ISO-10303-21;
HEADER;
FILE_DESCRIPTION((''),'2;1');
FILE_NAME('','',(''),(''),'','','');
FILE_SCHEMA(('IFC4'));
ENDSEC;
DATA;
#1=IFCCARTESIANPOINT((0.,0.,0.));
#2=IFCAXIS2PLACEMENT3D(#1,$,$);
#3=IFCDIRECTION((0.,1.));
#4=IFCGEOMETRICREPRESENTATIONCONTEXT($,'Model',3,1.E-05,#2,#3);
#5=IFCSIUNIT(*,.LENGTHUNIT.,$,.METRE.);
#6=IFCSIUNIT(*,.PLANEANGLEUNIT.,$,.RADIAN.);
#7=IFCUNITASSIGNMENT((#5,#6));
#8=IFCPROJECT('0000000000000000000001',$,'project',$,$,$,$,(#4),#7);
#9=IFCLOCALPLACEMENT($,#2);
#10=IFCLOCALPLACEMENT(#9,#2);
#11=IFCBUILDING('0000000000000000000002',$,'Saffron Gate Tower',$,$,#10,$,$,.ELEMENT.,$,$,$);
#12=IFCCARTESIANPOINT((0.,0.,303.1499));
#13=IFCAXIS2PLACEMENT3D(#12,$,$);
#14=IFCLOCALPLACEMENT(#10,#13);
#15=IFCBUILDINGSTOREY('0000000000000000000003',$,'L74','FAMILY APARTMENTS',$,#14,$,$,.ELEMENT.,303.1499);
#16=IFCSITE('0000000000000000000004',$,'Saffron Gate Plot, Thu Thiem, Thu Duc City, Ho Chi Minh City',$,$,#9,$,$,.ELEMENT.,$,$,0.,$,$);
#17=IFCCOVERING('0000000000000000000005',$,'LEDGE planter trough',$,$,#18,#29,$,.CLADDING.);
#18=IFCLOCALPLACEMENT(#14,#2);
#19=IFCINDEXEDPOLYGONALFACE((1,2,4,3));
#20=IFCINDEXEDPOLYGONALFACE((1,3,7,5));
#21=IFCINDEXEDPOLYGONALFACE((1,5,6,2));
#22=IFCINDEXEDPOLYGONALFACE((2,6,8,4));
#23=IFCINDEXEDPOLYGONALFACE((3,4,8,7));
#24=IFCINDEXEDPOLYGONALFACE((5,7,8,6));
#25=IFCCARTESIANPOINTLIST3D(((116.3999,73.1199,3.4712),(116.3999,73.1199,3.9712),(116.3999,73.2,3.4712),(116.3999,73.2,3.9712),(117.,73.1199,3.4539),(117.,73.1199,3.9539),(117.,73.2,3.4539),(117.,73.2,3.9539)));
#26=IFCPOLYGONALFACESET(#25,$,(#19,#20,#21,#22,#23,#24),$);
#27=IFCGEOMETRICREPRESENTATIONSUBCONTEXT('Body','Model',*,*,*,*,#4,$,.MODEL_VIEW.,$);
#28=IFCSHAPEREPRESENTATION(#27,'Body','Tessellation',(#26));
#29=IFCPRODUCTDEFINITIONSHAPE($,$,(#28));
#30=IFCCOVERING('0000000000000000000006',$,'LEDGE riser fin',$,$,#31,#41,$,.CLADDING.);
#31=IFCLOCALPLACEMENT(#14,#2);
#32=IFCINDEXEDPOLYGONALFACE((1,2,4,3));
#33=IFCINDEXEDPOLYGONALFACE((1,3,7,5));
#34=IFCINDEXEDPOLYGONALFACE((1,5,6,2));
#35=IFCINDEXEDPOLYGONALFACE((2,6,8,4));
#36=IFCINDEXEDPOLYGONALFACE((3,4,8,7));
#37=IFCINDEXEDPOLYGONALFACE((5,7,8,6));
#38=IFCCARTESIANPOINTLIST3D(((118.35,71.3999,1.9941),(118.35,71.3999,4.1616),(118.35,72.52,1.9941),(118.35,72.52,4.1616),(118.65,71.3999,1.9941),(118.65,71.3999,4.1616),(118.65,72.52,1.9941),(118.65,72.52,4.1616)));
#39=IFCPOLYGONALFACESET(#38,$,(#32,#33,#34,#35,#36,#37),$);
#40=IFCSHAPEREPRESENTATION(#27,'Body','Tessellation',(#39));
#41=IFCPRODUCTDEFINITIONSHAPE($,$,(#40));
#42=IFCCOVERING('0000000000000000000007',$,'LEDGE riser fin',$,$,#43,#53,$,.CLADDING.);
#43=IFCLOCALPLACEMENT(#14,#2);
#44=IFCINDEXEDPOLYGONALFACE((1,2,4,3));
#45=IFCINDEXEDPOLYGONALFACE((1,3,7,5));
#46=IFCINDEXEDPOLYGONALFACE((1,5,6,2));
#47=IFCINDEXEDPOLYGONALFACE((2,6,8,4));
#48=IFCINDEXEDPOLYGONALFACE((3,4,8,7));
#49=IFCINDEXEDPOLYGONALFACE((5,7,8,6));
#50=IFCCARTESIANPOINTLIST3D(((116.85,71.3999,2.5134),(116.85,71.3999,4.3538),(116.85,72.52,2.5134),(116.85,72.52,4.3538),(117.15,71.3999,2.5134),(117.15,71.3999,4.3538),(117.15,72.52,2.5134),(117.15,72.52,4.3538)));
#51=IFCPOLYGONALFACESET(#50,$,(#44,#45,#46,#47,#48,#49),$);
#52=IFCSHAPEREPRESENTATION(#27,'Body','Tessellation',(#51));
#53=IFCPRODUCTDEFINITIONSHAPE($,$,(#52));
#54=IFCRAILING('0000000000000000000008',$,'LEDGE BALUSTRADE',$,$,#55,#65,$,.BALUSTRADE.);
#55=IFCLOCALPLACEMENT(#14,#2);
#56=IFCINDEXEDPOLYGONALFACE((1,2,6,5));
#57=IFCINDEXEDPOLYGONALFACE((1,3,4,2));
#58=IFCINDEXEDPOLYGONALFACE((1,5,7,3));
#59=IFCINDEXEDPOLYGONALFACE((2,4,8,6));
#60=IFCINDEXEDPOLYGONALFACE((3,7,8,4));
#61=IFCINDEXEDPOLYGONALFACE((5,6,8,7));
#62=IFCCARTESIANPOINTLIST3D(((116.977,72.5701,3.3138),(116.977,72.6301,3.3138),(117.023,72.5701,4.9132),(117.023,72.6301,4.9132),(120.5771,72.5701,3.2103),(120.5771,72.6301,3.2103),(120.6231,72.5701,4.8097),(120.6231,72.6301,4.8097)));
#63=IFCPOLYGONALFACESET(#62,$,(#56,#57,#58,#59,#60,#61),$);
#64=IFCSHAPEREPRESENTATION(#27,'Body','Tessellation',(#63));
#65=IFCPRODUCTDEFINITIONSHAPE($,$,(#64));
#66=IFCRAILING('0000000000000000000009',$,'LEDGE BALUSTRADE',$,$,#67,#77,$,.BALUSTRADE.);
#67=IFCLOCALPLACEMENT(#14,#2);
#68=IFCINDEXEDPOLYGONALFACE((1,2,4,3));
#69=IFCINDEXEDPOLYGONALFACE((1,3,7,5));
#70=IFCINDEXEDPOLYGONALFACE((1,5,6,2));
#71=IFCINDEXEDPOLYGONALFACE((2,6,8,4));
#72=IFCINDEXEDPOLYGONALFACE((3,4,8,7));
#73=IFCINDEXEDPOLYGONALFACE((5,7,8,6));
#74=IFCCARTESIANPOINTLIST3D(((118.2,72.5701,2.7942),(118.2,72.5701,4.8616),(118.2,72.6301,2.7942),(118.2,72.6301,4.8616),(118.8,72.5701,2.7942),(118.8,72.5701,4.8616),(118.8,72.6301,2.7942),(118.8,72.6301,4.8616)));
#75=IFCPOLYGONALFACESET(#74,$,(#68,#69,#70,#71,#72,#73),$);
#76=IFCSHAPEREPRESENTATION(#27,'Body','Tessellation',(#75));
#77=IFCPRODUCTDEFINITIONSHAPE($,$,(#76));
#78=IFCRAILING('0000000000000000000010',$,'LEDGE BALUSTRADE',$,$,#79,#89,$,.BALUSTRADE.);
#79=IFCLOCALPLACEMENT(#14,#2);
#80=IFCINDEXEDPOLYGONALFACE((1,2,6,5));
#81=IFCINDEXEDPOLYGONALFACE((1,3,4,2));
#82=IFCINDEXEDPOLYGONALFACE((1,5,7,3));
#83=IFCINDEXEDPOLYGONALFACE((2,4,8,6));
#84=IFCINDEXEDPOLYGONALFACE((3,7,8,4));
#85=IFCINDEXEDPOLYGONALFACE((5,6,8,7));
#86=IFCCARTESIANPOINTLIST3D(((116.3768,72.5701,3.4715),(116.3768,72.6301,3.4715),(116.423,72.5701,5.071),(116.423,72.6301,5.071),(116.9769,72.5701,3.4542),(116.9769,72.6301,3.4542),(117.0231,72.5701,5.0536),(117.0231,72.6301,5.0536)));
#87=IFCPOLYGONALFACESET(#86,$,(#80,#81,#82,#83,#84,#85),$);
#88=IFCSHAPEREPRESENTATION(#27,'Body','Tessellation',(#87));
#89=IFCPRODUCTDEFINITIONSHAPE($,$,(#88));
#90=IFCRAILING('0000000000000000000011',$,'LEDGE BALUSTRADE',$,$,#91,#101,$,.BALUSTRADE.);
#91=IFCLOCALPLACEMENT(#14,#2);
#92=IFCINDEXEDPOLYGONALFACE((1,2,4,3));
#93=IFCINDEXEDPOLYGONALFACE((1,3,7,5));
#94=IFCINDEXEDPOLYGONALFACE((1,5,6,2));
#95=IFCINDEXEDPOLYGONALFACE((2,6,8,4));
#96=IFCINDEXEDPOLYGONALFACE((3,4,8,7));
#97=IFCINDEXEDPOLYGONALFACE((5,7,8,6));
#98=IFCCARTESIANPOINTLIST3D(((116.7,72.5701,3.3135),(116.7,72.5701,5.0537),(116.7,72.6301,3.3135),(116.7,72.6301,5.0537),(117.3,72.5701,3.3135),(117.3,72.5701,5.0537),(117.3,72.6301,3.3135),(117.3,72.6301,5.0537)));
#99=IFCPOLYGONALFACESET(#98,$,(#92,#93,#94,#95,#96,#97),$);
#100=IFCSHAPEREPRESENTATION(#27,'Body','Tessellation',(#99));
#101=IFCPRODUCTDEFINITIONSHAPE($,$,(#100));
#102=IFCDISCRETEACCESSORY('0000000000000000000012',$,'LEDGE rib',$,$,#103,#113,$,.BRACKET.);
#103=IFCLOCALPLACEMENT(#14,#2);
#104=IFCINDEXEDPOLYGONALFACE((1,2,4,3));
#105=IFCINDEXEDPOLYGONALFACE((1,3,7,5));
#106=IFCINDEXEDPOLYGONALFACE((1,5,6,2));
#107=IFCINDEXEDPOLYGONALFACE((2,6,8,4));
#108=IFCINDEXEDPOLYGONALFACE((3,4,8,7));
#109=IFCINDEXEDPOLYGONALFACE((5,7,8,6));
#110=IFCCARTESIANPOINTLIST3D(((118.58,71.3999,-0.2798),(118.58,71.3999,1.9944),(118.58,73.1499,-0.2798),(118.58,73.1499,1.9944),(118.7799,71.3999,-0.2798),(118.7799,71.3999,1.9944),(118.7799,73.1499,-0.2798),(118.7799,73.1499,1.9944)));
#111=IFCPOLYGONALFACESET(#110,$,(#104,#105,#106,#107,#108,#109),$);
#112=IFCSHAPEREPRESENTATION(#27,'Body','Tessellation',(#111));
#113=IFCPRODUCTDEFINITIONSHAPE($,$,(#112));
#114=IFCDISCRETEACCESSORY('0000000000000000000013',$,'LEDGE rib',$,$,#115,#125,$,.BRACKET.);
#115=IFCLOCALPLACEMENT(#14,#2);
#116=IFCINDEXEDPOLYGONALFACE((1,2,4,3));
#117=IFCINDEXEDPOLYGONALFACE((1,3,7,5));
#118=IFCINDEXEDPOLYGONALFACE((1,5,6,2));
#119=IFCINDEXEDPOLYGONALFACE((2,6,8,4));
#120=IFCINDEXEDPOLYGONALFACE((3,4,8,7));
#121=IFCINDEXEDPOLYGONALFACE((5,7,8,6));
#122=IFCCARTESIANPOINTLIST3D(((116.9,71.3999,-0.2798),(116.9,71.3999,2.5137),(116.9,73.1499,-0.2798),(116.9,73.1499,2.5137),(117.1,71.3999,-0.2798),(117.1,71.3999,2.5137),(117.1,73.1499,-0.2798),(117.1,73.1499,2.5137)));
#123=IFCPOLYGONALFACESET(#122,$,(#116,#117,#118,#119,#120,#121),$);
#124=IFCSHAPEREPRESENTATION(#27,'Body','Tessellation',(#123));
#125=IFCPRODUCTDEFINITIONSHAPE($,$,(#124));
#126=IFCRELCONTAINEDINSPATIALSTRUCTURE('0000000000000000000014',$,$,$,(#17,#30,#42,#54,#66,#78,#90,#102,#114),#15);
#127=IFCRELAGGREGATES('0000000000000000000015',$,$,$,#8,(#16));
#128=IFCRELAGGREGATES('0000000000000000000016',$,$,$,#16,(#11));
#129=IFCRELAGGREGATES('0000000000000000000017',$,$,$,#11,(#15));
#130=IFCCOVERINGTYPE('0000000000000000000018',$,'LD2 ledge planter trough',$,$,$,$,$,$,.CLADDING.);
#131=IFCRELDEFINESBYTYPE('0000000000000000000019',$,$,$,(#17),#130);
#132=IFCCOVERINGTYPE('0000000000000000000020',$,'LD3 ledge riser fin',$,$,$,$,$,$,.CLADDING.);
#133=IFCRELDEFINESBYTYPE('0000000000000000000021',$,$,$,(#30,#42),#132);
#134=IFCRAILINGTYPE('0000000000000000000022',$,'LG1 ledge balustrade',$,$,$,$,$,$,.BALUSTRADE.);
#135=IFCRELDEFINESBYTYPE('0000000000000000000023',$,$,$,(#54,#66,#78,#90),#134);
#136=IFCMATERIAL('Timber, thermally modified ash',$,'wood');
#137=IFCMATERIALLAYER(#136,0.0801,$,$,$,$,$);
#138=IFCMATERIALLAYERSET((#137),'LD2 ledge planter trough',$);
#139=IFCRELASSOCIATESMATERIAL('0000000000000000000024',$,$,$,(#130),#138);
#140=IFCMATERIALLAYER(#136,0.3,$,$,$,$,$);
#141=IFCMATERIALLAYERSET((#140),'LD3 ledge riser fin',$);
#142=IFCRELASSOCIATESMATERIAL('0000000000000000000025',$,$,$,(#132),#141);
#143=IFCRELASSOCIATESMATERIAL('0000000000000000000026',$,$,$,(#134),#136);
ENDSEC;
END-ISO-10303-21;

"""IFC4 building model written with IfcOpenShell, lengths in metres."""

from ifc_helpers import new_model, si_unit, direction, frame, origin, origin_2d, place, context, subcontext, project, spatial, polyline, rectangle, outline, extrude, material, layer, layer_set, type_object, element, save


model = new_model("IFC4")

# Units and contexts
model_context = context("Model", 3, precision=1e-05, world=origin(), true_north=direction((0.0, 1.0)))
body_context = subcontext(model_context, "Body", "Model", "MODEL_VIEW")
ifc_project = project(units=[si_unit("LENGTHUNIT", "METRE"), si_unit("PLANEANGLEUNIT", "RADIAN")], contexts=[model_context])

# Site, building, storey
site_placement = place(None, origin())
site = spatial("IfcSite", under=ifc_project, at=site_placement, Name="Saffron Gate Plot, Thu Thiem, Thu Duc City, Ho Chi Minh City", CompositionType="ELEMENT", RefElevation=0.0)
building_placement = place(site_placement, origin())
building = spatial("IfcBuilding", under=site, at=building_placement, Name="Saffron Gate Tower", CompositionType="ELEMENT")
storey_placement = place(building_placement, frame((0.0, 0.0, 303.1499)))
storey = spatial("IfcBuildingStorey", under=building, at=storey_placement, Name="L74", Description="FAMILY APARTMENTS", CompositionType="ELEMENT", Elevation=303.1499)

# Coverings
ifc_material_1 = material(Name="Timber, thermally modified ash", Category="wood")
ifc_layer_1 = layer(ifc_material_1, 0.0801)
ifc_layer_set_1 = layer_set([ifc_layer_1], Name="LD2 ledge planter trough")
covering_type_1 = type_object("IfcCoveringType", Name="LD2 ledge planter trough", PredefinedType="CLADDING", material=ifc_layer_set_1)
covering_1_placement = place(storey_placement, frame((117.0, 73.2, 3.4539), z_axis=(0.0, 1.0, 0.0), x_axis=(-0.999583, 0.0, 0.028873)))
element("IfcCovering", 1, at=covering_1_placement, inside=storey, type_object=covering_type_1, Name="LEDGE planter trough", PredefinedType="CLADDING", context=body_context, shape_type="SweptSolid", body=[
    extrude(outline(polyline([(0.0, 0.0), (0.6003, 0.0), (0.6148, 0.4998), (0.0144, 0.4998), (0.0, 0.0)])), origin(), (0.0, 0.0, -1.0), 0.0801),
])
ifc_layer_2 = layer(ifc_material_1, 0.3)
ifc_layer_set_2 = layer_set([ifc_layer_2], Name="LD3 ledge riser fin")
covering_type_2 = type_object("IfcCoveringType", Name="LD3 ledge riser fin", PredefinedType="CLADDING", material=ifc_layer_set_2)
covering_2_placement = place(storey_placement, frame((118.5, 71.96, 1.9941), z_axis=(0.0, 0.0, 1.0), x_axis=(-1.0, 0.0, 0.0)))
element("IfcCovering", 2, at=covering_2_placement, inside=storey, type_object=covering_type_2, Name="LEDGE riser fin", PredefinedType="CLADDING", context=body_context, shape_type="SweptSolid", body=[
    extrude(rectangle(XDim=0.3, YDim=1.1201, at=origin_2d()), origin(), (0.0, 0.0, 1.0), 2.1675),
])
covering_3_placement = place(storey_placement, frame((117.0, 71.96, 2.5134), z_axis=(0.0, 0.0, 1.0), x_axis=(-1.0, 0.0, 0.0)))
element("IfcCovering", 3, at=covering_3_placement, inside=storey, type_object=covering_type_2, Name="LEDGE riser fin", PredefinedType="CLADDING", context=body_context, shape_type="SweptSolid", body=[
    extrude(rectangle(XDim=0.3, YDim=1.1201, at=origin_2d()), origin(), (0.0, 0.0, 1.0), 1.8403),
])

# Railings
railing_type = type_object("IfcRailingType", Name="LG1 ledge balustrade", PredefinedType="BALUSTRADE", material=ifc_material_1)
railing_1_placement = place(storey_placement, frame((120.6001, 72.6001, 3.21)))
element("IfcRailing", 4, at=railing_1_placement, inside=storey, type_object=railing_type, Name="LEDGE BALUSTRADE", PredefinedType="BALUSTRADE", context=body_context, shape_type="SweptSolid", body=[
    extrude(rectangle(XDim=0.0601, YDim=1.6001, at=origin_2d()), frame((0.0, 0.0, 0.8), z_axis=(-0.999587, 0.0, 0.028742), x_axis=(0.0, -1.0, 0.0)), (0.0, 0.0, 1.0), 3.6016),
])
railing_2_placement = place(storey_placement, frame((118.8, 72.6001, 2.7942)))
element("IfcRailing", 5, at=railing_2_placement, inside=storey, type_object=railing_type, Name="LEDGE BALUSTRADE", PredefinedType="BALUSTRADE", context=body_context, shape_type="SweptSolid", body=[
    extrude(rectangle(XDim=0.0601, YDim=2.0674, at=origin_2d()), frame((0.0, 0.0, 1.0337), z_axis=(-1.0, 0.0, 0.0), x_axis=(0.0, -1.0, 0.0)), (0.0, 0.0, 1.0), 0.6001),
])
railing_3_placement = place(storey_placement, frame((117.0, 72.6001, 3.4539)))
element("IfcRailing", 6, at=railing_3_placement, inside=storey, type_object=railing_type, Name="LEDGE BALUSTRADE", PredefinedType="BALUSTRADE", context=body_context, shape_type="SweptSolid", body=[
    extrude(rectangle(XDim=0.0601, YDim=1.6001, at=origin_2d()), frame((0.0, 0.0, 0.8), z_axis=(-0.999583, 0.0, 0.028873), x_axis=(0.0, -1.0, 0.0)), (0.0, 0.0, 1.0), 0.6003),
])
railing_4_placement = place(storey_placement, frame((117.3, 72.6001, 3.3135)))
element("IfcRailing", 7, at=railing_4_placement, inside=storey, type_object=railing_type, Name="LEDGE BALUSTRADE", PredefinedType="BALUSTRADE", context=body_context, shape_type="SweptSolid", body=[
    extrude(rectangle(XDim=0.0601, YDim=1.7402, at=origin_2d()), frame((0.0, 0.0, 0.8701), z_axis=(-1.0, 0.0, 0.0), x_axis=(0.0, -1.0, 0.0)), (0.0, 0.0, 1.0), 0.6001),
])

# Discrete accessories
discrete_accessory_1_placement = place(storey_placement, frame((118.6799, 72.2749, -0.2798), z_axis=(0.0, 0.0, 1.0), x_axis=(-1.0, 0.0, 0.0)))
element("IfcDiscreteAccessory", 8, at=discrete_accessory_1_placement, inside=storey, Name="LEDGE rib", PredefinedType="BRACKET", context=body_context, shape_type="SweptSolid", body=[
    extrude(rectangle(XDim=0.2, YDim=1.75, at=origin_2d()), origin(), (0.0, 0.0, 1.0), 2.2742),
])
discrete_accessory_2_placement = place(storey_placement, frame((117.0, 72.2749, -0.2798), z_axis=(0.0, 0.0, 1.0), x_axis=(-1.0, 0.0, 0.0)))
element("IfcDiscreteAccessory", 9, at=discrete_accessory_2_placement, inside=storey, Name="LEDGE rib", PredefinedType="BRACKET", context=body_context, shape_type="SweptSolid", body=[
    extrude(rectangle(XDim=0.2, YDim=1.75, at=origin_2d()), origin(), (0.0, 0.0, 1.0), 2.7935),
])

save(model, "model.ifc")
